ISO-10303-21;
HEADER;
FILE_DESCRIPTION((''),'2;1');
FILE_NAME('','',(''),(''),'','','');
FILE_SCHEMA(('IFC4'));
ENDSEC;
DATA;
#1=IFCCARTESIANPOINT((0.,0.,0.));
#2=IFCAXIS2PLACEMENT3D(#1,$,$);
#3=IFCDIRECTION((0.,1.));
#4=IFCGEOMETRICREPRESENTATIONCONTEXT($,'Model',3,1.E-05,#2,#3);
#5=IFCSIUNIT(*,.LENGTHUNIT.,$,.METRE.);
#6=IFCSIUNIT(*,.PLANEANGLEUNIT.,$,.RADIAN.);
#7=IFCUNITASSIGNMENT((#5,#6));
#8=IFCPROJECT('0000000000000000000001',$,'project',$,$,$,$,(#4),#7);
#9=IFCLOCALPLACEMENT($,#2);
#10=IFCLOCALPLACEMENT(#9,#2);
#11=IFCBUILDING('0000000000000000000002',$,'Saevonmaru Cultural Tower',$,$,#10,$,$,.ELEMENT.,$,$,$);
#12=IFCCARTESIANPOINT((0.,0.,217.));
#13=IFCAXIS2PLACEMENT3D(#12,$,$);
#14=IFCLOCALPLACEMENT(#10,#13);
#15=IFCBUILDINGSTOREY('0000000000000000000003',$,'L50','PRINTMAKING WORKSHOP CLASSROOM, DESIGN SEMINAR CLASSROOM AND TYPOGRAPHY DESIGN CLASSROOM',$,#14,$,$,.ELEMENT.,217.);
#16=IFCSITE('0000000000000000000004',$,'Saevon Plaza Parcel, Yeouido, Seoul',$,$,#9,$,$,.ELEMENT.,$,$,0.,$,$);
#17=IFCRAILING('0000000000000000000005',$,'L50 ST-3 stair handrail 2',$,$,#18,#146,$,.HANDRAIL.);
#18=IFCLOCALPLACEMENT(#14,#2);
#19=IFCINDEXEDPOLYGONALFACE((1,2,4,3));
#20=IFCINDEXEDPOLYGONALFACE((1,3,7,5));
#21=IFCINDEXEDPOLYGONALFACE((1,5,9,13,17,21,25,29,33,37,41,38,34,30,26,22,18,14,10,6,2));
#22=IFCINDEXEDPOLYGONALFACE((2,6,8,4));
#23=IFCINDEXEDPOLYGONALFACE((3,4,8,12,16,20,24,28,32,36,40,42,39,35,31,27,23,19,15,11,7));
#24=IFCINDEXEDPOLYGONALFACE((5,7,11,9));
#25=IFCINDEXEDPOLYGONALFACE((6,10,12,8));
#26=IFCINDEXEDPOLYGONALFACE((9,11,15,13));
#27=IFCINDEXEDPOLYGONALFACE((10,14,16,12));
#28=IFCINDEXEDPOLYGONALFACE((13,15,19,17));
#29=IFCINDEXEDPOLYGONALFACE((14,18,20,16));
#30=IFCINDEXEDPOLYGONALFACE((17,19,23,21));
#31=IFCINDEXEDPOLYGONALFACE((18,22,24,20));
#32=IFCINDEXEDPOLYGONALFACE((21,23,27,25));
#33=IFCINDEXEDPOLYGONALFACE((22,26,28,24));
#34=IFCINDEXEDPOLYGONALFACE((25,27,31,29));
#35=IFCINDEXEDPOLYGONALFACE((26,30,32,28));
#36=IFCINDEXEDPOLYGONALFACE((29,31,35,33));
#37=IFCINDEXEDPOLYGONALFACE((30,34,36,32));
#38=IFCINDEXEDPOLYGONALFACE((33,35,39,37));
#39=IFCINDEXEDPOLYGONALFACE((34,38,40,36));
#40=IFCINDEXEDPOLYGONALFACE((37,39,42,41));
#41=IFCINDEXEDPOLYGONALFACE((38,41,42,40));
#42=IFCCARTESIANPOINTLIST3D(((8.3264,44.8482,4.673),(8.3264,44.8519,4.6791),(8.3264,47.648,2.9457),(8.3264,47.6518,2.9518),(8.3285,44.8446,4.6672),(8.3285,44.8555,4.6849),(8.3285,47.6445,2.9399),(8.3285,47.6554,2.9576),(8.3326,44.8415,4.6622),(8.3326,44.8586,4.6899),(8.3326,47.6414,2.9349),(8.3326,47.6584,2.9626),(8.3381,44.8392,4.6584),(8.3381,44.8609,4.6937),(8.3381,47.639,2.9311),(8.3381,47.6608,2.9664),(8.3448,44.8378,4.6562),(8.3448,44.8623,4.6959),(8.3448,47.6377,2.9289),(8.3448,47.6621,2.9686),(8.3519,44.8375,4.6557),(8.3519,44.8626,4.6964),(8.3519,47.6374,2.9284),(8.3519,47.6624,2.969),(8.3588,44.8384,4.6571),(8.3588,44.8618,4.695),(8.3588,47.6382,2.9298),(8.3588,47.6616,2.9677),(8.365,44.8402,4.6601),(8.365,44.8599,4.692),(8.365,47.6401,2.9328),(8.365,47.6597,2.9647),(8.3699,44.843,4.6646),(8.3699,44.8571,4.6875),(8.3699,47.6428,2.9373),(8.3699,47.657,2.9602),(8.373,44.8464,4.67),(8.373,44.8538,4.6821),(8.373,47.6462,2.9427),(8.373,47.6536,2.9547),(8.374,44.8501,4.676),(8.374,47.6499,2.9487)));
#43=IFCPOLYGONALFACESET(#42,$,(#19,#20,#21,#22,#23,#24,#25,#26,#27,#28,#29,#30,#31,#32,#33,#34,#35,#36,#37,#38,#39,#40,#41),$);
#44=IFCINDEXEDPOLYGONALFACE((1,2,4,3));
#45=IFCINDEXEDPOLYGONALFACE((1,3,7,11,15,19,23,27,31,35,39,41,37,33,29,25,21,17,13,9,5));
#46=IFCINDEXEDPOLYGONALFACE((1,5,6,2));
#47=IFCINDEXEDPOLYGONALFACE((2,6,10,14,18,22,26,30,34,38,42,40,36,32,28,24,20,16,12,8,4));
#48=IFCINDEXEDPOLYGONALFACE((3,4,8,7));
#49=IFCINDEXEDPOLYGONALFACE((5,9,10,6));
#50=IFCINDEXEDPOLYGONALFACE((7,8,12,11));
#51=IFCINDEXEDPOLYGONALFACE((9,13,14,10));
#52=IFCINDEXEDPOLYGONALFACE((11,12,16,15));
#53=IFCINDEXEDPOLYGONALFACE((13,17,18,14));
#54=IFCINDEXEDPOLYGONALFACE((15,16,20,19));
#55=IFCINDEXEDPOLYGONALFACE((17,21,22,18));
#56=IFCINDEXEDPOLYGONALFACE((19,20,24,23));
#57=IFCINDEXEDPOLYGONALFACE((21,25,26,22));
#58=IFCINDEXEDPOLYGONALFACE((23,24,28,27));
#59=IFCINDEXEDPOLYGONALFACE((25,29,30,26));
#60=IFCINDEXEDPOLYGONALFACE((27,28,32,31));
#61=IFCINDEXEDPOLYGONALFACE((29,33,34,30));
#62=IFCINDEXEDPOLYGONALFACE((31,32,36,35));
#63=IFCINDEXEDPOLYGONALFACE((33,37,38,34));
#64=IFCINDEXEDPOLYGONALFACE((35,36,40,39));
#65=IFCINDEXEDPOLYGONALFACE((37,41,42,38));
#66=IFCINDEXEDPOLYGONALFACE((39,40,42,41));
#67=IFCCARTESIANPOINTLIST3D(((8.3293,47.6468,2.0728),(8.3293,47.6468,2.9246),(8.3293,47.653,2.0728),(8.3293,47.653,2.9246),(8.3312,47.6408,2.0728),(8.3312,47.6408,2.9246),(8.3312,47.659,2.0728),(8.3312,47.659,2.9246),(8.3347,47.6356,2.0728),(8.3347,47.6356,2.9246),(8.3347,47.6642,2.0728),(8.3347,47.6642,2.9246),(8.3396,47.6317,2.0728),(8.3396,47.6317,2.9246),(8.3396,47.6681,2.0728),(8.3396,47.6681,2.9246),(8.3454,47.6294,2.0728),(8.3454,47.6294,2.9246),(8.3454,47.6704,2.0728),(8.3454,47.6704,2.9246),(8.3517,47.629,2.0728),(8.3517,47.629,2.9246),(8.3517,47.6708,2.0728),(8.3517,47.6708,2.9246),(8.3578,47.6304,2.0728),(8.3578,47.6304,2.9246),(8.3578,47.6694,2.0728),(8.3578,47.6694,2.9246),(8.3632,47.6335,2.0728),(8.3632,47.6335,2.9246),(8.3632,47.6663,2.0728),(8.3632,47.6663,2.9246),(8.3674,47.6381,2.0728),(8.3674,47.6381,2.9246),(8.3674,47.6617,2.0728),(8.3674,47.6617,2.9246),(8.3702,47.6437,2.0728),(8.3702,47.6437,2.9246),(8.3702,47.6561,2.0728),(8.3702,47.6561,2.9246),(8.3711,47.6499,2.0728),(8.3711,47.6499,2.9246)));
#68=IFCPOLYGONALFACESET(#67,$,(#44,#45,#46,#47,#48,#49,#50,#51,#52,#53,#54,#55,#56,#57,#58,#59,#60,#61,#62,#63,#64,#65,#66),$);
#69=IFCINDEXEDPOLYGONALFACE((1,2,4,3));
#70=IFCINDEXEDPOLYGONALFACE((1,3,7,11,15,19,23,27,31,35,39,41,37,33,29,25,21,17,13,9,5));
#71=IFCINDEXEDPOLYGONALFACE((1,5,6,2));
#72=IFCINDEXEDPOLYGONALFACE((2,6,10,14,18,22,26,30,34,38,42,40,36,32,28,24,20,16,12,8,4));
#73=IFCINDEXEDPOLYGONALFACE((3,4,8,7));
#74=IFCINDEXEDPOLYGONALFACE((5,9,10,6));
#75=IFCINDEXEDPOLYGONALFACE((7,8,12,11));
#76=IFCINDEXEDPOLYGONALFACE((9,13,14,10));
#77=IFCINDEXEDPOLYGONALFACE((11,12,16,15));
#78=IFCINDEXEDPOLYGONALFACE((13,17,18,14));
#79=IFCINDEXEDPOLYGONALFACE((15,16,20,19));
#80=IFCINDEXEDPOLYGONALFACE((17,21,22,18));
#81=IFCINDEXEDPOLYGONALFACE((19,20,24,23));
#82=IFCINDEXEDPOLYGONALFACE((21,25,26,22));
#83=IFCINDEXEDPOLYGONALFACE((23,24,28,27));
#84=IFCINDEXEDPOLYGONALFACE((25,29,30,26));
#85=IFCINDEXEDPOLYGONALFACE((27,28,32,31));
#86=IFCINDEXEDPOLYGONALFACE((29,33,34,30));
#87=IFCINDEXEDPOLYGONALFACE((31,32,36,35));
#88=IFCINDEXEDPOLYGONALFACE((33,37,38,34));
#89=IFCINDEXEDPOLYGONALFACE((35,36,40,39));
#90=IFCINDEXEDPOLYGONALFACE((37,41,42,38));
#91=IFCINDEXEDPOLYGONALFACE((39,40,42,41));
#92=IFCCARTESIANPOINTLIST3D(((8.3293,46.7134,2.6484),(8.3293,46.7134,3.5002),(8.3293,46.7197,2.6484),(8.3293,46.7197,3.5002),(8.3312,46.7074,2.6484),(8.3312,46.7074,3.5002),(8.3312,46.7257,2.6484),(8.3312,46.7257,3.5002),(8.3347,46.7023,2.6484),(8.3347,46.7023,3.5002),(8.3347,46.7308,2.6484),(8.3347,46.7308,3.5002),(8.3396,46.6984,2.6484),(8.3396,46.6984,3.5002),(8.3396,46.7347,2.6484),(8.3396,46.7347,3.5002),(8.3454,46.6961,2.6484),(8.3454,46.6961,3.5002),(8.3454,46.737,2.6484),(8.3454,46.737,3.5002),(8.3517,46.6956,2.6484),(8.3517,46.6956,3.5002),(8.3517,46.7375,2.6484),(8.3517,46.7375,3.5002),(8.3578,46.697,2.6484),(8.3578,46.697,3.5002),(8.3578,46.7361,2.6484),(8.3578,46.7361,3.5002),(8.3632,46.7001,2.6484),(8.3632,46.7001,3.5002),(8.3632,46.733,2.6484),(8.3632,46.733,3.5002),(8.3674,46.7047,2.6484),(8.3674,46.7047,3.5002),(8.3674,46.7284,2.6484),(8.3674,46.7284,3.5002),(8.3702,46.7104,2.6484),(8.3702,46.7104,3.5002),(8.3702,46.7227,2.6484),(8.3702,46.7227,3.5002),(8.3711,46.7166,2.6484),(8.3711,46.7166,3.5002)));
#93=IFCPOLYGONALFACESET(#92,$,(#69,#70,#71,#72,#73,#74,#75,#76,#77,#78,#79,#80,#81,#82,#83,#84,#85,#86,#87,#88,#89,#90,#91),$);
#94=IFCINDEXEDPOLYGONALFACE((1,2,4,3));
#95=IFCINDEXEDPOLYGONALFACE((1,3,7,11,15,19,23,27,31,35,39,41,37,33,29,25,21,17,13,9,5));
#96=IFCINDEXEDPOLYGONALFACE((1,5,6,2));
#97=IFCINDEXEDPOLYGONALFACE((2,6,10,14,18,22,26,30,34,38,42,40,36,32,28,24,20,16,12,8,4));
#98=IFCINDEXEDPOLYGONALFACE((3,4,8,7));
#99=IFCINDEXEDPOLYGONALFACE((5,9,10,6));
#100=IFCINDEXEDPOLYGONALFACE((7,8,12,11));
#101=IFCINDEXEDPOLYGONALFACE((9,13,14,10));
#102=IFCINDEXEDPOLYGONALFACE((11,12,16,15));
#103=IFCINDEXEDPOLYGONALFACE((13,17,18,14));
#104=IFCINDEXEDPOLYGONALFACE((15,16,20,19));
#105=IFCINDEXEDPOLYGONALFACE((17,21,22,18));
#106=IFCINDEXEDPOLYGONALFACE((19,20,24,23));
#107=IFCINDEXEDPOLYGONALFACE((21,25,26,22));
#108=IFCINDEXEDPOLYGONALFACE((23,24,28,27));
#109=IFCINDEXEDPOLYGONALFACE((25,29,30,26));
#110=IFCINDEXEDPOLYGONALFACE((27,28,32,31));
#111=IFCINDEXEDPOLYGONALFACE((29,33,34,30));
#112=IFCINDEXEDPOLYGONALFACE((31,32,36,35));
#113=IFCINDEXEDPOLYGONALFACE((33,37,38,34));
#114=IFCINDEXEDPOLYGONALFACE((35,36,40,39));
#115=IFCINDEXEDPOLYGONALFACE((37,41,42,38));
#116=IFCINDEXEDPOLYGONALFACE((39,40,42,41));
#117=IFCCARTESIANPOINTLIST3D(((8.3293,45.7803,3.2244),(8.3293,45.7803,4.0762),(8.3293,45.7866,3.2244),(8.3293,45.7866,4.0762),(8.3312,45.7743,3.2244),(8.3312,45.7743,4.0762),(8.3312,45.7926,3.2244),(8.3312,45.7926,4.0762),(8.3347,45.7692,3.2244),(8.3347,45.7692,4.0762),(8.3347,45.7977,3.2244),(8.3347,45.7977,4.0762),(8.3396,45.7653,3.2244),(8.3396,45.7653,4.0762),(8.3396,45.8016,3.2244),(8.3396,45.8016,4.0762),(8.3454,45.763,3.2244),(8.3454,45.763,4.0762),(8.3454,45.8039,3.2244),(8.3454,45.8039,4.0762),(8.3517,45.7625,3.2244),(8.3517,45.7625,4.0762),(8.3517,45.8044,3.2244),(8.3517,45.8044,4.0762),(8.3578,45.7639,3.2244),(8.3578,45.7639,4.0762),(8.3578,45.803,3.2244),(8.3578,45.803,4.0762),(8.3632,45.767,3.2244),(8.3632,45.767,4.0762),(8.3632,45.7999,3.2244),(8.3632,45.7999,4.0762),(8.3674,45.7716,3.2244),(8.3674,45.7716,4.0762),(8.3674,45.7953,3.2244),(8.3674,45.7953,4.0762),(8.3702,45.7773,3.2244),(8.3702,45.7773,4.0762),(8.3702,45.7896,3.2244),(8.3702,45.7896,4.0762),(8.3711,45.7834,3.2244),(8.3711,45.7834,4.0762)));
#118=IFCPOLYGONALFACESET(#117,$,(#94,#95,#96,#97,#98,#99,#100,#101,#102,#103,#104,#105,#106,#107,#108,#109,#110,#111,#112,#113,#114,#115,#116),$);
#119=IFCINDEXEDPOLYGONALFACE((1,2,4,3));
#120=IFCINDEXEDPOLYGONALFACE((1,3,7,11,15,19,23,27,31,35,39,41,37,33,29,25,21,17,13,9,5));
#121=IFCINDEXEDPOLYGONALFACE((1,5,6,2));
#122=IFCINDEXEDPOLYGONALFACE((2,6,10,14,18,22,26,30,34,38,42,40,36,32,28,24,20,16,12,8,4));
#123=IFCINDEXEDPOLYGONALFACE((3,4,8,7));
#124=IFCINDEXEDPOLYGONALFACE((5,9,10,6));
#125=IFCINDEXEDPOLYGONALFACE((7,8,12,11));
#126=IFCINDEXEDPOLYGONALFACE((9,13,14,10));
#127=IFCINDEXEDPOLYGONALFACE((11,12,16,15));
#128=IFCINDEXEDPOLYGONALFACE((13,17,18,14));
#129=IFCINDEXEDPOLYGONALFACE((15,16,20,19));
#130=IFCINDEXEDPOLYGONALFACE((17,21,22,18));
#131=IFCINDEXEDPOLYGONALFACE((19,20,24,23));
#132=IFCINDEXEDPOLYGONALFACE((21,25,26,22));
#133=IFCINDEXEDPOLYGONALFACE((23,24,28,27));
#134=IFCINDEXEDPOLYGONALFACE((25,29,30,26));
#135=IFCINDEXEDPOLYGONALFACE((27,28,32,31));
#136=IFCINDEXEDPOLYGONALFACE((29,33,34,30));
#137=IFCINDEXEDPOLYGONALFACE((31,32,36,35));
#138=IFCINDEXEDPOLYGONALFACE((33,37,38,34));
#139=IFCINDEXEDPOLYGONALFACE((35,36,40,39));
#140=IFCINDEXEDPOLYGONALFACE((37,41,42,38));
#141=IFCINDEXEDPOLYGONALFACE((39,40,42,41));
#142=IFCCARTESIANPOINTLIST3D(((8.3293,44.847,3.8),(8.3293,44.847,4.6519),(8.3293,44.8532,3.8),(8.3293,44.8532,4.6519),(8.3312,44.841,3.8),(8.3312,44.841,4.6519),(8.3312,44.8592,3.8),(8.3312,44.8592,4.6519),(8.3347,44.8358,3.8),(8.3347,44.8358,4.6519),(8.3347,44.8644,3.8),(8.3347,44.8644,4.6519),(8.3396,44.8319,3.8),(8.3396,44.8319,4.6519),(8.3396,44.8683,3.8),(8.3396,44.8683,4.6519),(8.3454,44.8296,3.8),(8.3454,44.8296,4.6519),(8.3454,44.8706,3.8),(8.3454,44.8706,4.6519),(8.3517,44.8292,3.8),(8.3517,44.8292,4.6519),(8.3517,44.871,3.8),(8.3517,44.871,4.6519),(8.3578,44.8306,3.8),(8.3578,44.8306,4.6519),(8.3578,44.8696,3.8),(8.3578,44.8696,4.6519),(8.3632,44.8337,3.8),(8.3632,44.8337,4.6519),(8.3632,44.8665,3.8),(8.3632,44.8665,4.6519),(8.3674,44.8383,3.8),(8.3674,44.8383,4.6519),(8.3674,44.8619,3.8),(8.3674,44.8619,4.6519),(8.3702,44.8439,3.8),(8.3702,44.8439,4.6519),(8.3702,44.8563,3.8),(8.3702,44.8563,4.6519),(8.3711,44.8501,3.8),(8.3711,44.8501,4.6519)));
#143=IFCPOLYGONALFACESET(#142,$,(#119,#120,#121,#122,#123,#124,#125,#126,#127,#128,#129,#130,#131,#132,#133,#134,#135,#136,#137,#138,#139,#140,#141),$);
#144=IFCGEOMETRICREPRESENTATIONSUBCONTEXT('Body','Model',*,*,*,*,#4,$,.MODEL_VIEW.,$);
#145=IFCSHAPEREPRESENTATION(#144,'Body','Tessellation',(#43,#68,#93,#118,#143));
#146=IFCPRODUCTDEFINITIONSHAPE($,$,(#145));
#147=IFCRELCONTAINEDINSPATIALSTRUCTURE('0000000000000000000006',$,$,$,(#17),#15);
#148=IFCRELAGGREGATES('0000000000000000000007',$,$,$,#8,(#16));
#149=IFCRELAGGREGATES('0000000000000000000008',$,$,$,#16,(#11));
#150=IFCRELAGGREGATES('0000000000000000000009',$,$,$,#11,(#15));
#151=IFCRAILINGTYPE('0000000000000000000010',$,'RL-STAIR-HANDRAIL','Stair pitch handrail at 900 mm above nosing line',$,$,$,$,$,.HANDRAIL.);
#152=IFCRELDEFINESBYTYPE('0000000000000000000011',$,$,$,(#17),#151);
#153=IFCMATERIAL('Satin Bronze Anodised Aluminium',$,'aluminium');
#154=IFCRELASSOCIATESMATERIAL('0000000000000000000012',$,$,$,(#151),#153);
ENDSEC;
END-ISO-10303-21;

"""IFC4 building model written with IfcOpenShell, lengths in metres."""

from ifc_helpers import new_model, si_unit, direction, frame, origin, origin_2d, place, context, subcontext, project, spatial, circle, extrude, material, type_object, element, save


model = new_model("IFC4")

# Units and contexts
model_context = context("Model", 3, precision=1e-05, world=origin(), true_north=direction((0.0, 1.0)))
body_context = subcontext(model_context, "Body", "Model", "MODEL_VIEW")
ifc_project = project(units=[si_unit("LENGTHUNIT", "METRE"), si_unit("PLANEANGLEUNIT", "RADIAN")], contexts=[model_context])

# Site, building, storey
site_placement = place(None, origin())
site = spatial("IfcSite", under=ifc_project, at=site_placement, Name="Saevon Plaza Parcel, Yeouido, Seoul", CompositionType="ELEMENT", RefElevation=0.0)
building_placement = place(site_placement, origin())
building = spatial("IfcBuilding", under=site, at=building_placement, Name="Saevonmaru Cultural Tower", CompositionType="ELEMENT")
storey_placement = place(building_placement, frame((0.0, 0.0, 217.0)))
storey = spatial("IfcBuildingStorey", under=building, at=storey_placement, Name="L50", Description="PRINTMAKING WORKSHOP CLASSROOM, DESIGN SEMINAR CLASSROOM AND TYPOGRAPHY DESIGN CLASSROOM", CompositionType="ELEMENT", Elevation=217.0)

# Shared definitions
ifc_material_1 = material(Name="Satin Bronze Anodised Aluminium", Category="aluminium")

# Railing
railing_type_1 = type_object("IfcRailingType", Name="RL-STAIR-HANDRAIL", Description="Stair pitch handrail at 900 mm above nosing line", PredefinedType="HANDRAIL", material=ifc_material_1)
railing_1_placement = place(storey_placement, frame((8.3501, 47.6499, 2.0728)))
element("IfcRailing", 1, at=railing_1_placement, inside=storey, type_object=railing_type_1, Name="L50 ST-3 stair handrail 2", PredefinedType="HANDRAIL", context=body_context, shape_type="SweptSolid", body=[
    extrude(circle(Radius=0.0239, at=origin_2d()), frame((0.0, 0.0, 0.876), z_axis=(0.0, -0.851069, 0.525054), x_axis=(1.0, 0.0, 0.0)), (0.0, 0.0, 1.0), 3.2898),
    extrude(circle(Radius=0.021, at=origin_2d()), origin(), (0.0, 0.0, 1.0), 0.8518),
    extrude(circle(Radius=0.021, at=origin_2d()), frame((0.0, -0.9333, 0.5757)), (0.0, 0.0, 1.0), 0.8518),
    extrude(circle(Radius=0.021, at=origin_2d()), frame((0.0, -1.8665, 1.1516)), (0.0, 0.0, 1.0), 0.8518),
    extrude(circle(Radius=0.021, at=origin_2d()), frame((0.0, -2.7998, 1.7273)), (0.0, 0.0, 1.0), 0.8518),
])

save(model, "model.ifc")
